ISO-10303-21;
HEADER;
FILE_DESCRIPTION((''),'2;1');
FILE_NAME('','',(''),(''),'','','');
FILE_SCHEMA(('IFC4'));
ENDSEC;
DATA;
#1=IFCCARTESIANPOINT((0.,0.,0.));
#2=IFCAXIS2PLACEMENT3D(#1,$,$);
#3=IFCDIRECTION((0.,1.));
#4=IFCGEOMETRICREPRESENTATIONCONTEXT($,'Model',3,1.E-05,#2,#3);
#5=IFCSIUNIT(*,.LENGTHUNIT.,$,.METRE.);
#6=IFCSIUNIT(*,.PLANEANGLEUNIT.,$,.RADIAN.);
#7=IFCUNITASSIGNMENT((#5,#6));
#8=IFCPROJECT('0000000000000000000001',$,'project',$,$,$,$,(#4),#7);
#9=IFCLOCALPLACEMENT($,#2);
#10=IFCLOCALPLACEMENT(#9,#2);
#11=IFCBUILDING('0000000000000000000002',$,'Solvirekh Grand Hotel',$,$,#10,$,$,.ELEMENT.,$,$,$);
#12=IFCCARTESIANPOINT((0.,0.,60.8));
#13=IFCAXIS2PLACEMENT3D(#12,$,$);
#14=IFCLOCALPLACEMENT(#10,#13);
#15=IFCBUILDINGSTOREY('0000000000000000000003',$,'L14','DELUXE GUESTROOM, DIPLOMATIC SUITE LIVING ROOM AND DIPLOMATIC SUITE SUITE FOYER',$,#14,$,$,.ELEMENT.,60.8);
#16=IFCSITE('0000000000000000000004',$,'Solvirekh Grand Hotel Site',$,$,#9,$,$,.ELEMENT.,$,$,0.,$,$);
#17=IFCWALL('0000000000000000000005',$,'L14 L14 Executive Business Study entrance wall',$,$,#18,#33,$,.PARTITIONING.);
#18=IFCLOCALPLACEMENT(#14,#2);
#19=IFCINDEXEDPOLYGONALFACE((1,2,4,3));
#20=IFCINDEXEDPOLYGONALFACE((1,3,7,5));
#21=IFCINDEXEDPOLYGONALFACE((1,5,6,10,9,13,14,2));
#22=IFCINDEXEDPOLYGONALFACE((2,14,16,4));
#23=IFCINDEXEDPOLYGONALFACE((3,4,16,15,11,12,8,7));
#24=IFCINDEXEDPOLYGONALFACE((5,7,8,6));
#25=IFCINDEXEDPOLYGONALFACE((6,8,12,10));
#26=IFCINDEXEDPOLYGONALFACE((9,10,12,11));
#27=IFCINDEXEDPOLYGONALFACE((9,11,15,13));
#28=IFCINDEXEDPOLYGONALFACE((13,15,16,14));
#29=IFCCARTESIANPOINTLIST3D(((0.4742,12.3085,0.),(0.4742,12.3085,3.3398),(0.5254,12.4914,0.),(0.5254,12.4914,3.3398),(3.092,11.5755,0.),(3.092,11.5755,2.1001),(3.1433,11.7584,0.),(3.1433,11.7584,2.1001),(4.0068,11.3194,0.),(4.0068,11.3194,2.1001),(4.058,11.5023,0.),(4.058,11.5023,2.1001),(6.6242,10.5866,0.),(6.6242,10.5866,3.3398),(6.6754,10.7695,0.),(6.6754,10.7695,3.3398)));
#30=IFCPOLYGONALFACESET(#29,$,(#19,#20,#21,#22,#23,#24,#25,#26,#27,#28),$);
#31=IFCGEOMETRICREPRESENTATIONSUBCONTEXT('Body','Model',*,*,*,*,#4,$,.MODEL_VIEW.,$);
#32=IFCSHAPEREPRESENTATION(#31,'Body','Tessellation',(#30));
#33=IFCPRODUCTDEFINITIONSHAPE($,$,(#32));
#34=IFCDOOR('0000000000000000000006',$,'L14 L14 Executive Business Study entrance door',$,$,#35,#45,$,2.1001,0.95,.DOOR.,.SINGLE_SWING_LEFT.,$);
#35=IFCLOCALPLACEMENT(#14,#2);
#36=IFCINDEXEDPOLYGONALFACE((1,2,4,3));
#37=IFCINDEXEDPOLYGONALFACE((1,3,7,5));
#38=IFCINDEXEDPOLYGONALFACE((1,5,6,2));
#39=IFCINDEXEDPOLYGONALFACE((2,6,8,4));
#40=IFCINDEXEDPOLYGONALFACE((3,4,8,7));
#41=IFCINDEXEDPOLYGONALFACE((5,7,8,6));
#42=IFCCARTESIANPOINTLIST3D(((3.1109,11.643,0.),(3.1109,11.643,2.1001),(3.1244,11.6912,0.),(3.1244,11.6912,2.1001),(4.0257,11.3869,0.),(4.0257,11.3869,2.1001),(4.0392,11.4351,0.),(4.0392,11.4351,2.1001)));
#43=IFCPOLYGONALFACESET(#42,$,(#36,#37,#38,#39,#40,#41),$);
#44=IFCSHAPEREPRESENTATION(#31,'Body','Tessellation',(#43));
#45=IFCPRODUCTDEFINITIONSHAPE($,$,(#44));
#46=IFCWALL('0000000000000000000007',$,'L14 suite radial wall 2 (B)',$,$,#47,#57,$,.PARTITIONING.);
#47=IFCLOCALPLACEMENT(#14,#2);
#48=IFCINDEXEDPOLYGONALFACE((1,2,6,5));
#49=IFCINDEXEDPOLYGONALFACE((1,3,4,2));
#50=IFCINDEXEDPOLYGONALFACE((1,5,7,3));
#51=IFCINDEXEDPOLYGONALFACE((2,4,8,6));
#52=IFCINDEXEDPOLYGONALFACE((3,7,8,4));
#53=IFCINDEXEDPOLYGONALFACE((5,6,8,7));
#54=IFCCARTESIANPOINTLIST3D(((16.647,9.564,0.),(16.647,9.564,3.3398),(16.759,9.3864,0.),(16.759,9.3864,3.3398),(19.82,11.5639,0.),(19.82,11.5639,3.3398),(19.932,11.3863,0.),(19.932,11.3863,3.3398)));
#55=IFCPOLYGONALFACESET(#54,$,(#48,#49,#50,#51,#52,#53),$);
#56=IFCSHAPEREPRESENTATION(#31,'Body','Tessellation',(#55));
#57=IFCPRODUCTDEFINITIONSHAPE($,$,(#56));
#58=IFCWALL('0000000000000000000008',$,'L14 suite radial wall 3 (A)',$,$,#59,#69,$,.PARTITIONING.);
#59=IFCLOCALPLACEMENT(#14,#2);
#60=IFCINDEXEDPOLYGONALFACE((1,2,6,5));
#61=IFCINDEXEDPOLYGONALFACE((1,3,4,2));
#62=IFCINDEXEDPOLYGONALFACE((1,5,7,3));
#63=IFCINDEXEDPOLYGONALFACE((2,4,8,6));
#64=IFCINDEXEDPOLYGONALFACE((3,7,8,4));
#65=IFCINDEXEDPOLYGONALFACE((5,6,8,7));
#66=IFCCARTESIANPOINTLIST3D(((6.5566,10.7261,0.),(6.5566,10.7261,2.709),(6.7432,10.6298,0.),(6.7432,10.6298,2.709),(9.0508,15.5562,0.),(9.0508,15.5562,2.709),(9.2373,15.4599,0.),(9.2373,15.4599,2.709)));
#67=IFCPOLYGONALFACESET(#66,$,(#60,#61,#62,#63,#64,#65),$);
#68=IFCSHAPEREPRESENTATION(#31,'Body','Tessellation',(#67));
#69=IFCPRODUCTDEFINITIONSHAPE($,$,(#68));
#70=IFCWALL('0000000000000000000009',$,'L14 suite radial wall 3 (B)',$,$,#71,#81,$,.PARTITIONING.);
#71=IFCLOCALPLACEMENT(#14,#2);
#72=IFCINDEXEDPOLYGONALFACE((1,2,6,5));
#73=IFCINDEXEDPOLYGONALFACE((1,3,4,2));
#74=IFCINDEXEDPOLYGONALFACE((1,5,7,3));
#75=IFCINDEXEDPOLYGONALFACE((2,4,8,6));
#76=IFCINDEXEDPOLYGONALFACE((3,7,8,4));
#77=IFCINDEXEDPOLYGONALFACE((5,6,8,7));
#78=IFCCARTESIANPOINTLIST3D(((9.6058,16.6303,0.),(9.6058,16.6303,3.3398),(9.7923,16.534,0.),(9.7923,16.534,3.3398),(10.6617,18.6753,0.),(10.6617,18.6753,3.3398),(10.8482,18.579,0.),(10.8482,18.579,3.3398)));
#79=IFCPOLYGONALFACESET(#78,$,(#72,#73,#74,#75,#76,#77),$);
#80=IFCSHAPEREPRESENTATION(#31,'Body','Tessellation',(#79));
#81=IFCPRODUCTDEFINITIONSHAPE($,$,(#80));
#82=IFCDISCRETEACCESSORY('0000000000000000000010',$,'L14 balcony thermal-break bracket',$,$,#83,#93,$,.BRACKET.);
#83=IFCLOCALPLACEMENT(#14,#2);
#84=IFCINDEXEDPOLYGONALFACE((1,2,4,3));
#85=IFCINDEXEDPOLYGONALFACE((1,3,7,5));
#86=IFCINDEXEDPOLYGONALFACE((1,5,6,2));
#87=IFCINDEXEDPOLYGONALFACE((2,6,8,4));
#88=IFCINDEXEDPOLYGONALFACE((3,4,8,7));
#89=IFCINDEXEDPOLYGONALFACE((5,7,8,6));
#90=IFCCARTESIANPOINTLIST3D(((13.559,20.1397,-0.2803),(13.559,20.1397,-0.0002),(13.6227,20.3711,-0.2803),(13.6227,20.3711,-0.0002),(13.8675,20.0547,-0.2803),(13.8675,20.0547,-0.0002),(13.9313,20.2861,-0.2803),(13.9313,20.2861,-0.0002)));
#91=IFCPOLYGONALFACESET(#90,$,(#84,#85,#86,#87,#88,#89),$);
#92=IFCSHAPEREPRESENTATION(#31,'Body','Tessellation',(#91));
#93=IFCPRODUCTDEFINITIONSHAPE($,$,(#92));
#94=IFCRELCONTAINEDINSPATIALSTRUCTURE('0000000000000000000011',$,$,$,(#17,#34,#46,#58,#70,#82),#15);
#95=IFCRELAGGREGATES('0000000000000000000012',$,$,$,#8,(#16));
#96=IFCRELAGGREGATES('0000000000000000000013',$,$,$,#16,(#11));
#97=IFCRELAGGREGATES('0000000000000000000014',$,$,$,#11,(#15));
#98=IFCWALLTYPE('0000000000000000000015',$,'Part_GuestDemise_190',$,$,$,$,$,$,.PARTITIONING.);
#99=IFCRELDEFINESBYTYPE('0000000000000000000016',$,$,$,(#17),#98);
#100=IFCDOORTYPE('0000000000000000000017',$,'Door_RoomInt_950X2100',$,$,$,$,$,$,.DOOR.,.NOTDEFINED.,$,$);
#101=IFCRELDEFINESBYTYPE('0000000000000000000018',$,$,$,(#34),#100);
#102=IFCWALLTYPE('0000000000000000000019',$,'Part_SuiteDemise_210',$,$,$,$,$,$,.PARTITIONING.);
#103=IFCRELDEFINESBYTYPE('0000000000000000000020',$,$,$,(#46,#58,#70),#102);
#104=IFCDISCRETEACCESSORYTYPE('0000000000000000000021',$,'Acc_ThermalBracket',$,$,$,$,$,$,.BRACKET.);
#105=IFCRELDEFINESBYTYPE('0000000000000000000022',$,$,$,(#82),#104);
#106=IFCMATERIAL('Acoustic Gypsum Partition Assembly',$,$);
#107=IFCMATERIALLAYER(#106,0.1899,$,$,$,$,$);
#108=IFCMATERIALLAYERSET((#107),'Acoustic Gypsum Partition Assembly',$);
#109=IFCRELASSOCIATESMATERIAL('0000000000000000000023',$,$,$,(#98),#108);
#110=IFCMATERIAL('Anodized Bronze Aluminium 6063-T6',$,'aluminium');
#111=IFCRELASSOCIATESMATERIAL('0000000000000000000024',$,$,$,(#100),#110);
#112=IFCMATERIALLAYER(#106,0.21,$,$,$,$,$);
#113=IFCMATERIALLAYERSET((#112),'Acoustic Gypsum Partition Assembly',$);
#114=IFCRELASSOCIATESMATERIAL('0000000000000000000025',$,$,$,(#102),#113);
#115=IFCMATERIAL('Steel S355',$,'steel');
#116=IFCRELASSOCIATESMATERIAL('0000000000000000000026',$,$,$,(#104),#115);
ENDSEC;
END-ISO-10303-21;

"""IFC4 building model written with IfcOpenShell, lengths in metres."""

from ifc_helpers import new_model, si_unit, direction, frame, frame_2d, origin, origin_2d, place, context, subcontext, project, spatial, rectangle, extrude, material, layer, layer_set, type_object, element, fill, save


model = new_model("IFC4")

# Units and contexts
model_context = context("Model", 3, precision=1e-05, world=origin(), true_north=direction((0.0, 1.0)))
body_context = subcontext(model_context, "Body", "Model", "MODEL_VIEW")
ifc_project = project(units=[si_unit("LENGTHUNIT", "METRE"), si_unit("PLANEANGLEUNIT", "RADIAN")], contexts=[model_context])

# Site, building, storey
site_placement = place(None, origin())
site = spatial("IfcSite", under=ifc_project, at=site_placement, Name="Solvirekh Grand Hotel Site", CompositionType="ELEMENT", RefElevation=0.0)
building_placement = place(site_placement, origin())
building = spatial("IfcBuilding", under=site, at=building_placement, Name="Solvirekh Grand Hotel", CompositionType="ELEMENT")
storey_placement = place(building_placement, frame((0.0, 0.0, 60.8)))
storey = spatial("IfcBuildingStorey", under=building, at=storey_placement, Name="L14", Description="DELUXE GUESTROOM, DIPLOMATIC SUITE LIVING ROOM AND DIPLOMATIC SUITE SUITE FOYER", CompositionType="ELEMENT", Elevation=60.8)

# Shared definitions
ifc_material_1 = material(Name="Steel S355", Category="steel")

# Shared definitions
ifc_material_2 = material(Name="Anodized Bronze Aluminium 6063-T6", Category="aluminium")

# Wall, opening, door
ifc_material_3 = material(Name="Acoustic Gypsum Partition Assembly")
ifc_layer_1 = layer(ifc_material_3, 0.1899)
ifc_layer_set_1 = layer_set([ifc_layer_1], Name="Acoustic Gypsum Partition Assembly")
wall_type_1 = type_object("IfcWallType", Name="Part_GuestDemise_190", PredefinedType="PARTITIONING", material=ifc_layer_set_1)
wall_1_placement = place(storey_placement, frame((6.6499, 10.678, 0.0), z_axis=(0.0, 0.0, 1.0), x_axis=(-0.962966, 0.269623, 0.0)))
wall_1 = element("IfcWall", 1, at=wall_1_placement, inside=storey, type_object=wall_type_1, Name="L14 L14 Executive Business Study entrance wall", PredefinedType="PARTITIONING", context=body_context, shape_type="SweptSolid", body=[
    extrude(rectangle(XDim=6.3865, YDim=0.1899, at=frame_2d((3.1934, 0.0))), origin(), (0.0, 0.0, 1.0), 3.3398),
])
opening_1_placement = place(wall_1_placement, frame((2.718, 0.0, 0.0)))
opening_1 = element("IfcOpeningElement", 2, at=opening_1_placement, cuts=wall_1, PredefinedType="OPENING", context=body_context, shape_type="SweptSolid", body=[
    extrude(rectangle(XDim=0.95, YDim=2.1001, at=frame_2d((0.4751, 1.05))), frame((0.0, 0.105, 0.0), z_axis=(0.0, -1.0, 0.0), x_axis=(1.0, 0.0, 0.0)), (0.0, 0.0, 1.0), 0.21),
])
door_type_1 = type_object("IfcDoorType", Name="Door_RoomInt_950X2100", OperationType="NOTDEFINED", PredefinedType="DOOR", material=ifc_material_2)
door_1_placement = place(opening_1_placement, origin())
door_1 = element("IfcDoor", 3, at=door_1_placement, inside=storey, type_object=door_type_1, Name="L14 L14 Executive Business Study entrance door", OperationType="SINGLE_SWING_LEFT", OverallHeight=2.1001, OverallWidth=0.95, PredefinedType="DOOR", context=body_context, shape_type="SweptSolid", body=[
    extrude(rectangle(XDim=0.95, YDim=2.1001, at=frame_2d((0.4751, 1.05))), frame((0.0, 0.0249, 0.0), z_axis=(0.0, -1.0, 0.0), x_axis=(1.0, 0.0, 0.0)), (0.0, 0.0, 1.0), 0.05),
])
fill(opening_1, door_1)

# Walls
ifc_layer_2 = layer(ifc_material_3, 0.21)
ifc_layer_set_2 = layer_set([ifc_layer_2], Name="Acoustic Gypsum Partition Assembly")
wall_type_2 = type_object("IfcWallType", Name="Part_SuiteDemise_210", PredefinedType="PARTITIONING", material=ifc_layer_set_2)
wall_2_placement = place(storey_placement, frame((16.7029, 9.4751, 0.0), z_axis=(0.0, 0.0, 1.0), x_axis=(0.845977, 0.533219, 0.0)))
element("IfcWall", 4, at=wall_2_placement, inside=storey, type_object=wall_type_2, Name="L14 suite radial wall 2 (B)", PredefinedType="PARTITIONING", context=body_context, shape_type="SweptSolid", body=[
    extrude(rectangle(XDim=3.7507, YDim=0.21, at=frame_2d((1.8755, 0.0))), origin(), (0.0, 0.0, 1.0), 3.3398),
])
wall_3_placement = place(storey_placement, frame((6.6499, 10.678, 0.0), z_axis=(0.0, 0.0, 1.0), x_axis=(0.458817, 0.888531, 0.0)))
element("IfcWall", 5, at=wall_3_placement, inside=storey, type_object=wall_type_2, Name="L14 suite radial wall 3 (A)", PredefinedType="PARTITIONING", context=body_context, shape_type="SweptSolid", body=[
    extrude(rectangle(XDim=5.436, YDim=0.21, at=frame_2d((2.718, 0.0))), origin(), (0.0, 0.0, 1.0), 2.709),
])
wall_4_placement = place(storey_placement, frame((9.699, 16.582, 0.0), z_axis=(0.0, 0.0, 1.0), x_axis=(0.458802, 0.888538, 0.0)))
element("IfcWall", 6, at=wall_4_placement, inside=storey, type_object=wall_type_2, Name="L14 suite radial wall 3 (B)", PredefinedType="PARTITIONING", context=body_context, shape_type="SweptSolid", body=[
    extrude(rectangle(XDim=2.3015, YDim=0.21, at=frame_2d((1.1509, 0.0))), origin(), (0.0, 0.0, 1.0), 3.3398),
])

# Discrete accessory
discrete_accessory_type = type_object("IfcDiscreteAccessoryType", Name="Acc_ThermalBracket", PredefinedType="BRACKET", material=ifc_material_1)
discrete_accessory_placement = place(storey_placement, frame((13.7451, 20.2129, -0.2803), z_axis=(0.0, 0.0, 1.0), x_axis=(0.964095, -0.265556, 0.0)))
element("IfcDiscreteAccessory", 7, at=discrete_accessory_placement, inside=storey, type_object=discrete_accessory_type, Name="L14 balcony thermal-break bracket", PredefinedType="BRACKET", context=body_context, shape_type="SweptSolid", body=[
    extrude(rectangle(XDim=0.3201, YDim=0.24, at=origin_2d()), origin(), (0.0, 0.0, 1.0), 0.28),
])

save(model, "model.ifc")
